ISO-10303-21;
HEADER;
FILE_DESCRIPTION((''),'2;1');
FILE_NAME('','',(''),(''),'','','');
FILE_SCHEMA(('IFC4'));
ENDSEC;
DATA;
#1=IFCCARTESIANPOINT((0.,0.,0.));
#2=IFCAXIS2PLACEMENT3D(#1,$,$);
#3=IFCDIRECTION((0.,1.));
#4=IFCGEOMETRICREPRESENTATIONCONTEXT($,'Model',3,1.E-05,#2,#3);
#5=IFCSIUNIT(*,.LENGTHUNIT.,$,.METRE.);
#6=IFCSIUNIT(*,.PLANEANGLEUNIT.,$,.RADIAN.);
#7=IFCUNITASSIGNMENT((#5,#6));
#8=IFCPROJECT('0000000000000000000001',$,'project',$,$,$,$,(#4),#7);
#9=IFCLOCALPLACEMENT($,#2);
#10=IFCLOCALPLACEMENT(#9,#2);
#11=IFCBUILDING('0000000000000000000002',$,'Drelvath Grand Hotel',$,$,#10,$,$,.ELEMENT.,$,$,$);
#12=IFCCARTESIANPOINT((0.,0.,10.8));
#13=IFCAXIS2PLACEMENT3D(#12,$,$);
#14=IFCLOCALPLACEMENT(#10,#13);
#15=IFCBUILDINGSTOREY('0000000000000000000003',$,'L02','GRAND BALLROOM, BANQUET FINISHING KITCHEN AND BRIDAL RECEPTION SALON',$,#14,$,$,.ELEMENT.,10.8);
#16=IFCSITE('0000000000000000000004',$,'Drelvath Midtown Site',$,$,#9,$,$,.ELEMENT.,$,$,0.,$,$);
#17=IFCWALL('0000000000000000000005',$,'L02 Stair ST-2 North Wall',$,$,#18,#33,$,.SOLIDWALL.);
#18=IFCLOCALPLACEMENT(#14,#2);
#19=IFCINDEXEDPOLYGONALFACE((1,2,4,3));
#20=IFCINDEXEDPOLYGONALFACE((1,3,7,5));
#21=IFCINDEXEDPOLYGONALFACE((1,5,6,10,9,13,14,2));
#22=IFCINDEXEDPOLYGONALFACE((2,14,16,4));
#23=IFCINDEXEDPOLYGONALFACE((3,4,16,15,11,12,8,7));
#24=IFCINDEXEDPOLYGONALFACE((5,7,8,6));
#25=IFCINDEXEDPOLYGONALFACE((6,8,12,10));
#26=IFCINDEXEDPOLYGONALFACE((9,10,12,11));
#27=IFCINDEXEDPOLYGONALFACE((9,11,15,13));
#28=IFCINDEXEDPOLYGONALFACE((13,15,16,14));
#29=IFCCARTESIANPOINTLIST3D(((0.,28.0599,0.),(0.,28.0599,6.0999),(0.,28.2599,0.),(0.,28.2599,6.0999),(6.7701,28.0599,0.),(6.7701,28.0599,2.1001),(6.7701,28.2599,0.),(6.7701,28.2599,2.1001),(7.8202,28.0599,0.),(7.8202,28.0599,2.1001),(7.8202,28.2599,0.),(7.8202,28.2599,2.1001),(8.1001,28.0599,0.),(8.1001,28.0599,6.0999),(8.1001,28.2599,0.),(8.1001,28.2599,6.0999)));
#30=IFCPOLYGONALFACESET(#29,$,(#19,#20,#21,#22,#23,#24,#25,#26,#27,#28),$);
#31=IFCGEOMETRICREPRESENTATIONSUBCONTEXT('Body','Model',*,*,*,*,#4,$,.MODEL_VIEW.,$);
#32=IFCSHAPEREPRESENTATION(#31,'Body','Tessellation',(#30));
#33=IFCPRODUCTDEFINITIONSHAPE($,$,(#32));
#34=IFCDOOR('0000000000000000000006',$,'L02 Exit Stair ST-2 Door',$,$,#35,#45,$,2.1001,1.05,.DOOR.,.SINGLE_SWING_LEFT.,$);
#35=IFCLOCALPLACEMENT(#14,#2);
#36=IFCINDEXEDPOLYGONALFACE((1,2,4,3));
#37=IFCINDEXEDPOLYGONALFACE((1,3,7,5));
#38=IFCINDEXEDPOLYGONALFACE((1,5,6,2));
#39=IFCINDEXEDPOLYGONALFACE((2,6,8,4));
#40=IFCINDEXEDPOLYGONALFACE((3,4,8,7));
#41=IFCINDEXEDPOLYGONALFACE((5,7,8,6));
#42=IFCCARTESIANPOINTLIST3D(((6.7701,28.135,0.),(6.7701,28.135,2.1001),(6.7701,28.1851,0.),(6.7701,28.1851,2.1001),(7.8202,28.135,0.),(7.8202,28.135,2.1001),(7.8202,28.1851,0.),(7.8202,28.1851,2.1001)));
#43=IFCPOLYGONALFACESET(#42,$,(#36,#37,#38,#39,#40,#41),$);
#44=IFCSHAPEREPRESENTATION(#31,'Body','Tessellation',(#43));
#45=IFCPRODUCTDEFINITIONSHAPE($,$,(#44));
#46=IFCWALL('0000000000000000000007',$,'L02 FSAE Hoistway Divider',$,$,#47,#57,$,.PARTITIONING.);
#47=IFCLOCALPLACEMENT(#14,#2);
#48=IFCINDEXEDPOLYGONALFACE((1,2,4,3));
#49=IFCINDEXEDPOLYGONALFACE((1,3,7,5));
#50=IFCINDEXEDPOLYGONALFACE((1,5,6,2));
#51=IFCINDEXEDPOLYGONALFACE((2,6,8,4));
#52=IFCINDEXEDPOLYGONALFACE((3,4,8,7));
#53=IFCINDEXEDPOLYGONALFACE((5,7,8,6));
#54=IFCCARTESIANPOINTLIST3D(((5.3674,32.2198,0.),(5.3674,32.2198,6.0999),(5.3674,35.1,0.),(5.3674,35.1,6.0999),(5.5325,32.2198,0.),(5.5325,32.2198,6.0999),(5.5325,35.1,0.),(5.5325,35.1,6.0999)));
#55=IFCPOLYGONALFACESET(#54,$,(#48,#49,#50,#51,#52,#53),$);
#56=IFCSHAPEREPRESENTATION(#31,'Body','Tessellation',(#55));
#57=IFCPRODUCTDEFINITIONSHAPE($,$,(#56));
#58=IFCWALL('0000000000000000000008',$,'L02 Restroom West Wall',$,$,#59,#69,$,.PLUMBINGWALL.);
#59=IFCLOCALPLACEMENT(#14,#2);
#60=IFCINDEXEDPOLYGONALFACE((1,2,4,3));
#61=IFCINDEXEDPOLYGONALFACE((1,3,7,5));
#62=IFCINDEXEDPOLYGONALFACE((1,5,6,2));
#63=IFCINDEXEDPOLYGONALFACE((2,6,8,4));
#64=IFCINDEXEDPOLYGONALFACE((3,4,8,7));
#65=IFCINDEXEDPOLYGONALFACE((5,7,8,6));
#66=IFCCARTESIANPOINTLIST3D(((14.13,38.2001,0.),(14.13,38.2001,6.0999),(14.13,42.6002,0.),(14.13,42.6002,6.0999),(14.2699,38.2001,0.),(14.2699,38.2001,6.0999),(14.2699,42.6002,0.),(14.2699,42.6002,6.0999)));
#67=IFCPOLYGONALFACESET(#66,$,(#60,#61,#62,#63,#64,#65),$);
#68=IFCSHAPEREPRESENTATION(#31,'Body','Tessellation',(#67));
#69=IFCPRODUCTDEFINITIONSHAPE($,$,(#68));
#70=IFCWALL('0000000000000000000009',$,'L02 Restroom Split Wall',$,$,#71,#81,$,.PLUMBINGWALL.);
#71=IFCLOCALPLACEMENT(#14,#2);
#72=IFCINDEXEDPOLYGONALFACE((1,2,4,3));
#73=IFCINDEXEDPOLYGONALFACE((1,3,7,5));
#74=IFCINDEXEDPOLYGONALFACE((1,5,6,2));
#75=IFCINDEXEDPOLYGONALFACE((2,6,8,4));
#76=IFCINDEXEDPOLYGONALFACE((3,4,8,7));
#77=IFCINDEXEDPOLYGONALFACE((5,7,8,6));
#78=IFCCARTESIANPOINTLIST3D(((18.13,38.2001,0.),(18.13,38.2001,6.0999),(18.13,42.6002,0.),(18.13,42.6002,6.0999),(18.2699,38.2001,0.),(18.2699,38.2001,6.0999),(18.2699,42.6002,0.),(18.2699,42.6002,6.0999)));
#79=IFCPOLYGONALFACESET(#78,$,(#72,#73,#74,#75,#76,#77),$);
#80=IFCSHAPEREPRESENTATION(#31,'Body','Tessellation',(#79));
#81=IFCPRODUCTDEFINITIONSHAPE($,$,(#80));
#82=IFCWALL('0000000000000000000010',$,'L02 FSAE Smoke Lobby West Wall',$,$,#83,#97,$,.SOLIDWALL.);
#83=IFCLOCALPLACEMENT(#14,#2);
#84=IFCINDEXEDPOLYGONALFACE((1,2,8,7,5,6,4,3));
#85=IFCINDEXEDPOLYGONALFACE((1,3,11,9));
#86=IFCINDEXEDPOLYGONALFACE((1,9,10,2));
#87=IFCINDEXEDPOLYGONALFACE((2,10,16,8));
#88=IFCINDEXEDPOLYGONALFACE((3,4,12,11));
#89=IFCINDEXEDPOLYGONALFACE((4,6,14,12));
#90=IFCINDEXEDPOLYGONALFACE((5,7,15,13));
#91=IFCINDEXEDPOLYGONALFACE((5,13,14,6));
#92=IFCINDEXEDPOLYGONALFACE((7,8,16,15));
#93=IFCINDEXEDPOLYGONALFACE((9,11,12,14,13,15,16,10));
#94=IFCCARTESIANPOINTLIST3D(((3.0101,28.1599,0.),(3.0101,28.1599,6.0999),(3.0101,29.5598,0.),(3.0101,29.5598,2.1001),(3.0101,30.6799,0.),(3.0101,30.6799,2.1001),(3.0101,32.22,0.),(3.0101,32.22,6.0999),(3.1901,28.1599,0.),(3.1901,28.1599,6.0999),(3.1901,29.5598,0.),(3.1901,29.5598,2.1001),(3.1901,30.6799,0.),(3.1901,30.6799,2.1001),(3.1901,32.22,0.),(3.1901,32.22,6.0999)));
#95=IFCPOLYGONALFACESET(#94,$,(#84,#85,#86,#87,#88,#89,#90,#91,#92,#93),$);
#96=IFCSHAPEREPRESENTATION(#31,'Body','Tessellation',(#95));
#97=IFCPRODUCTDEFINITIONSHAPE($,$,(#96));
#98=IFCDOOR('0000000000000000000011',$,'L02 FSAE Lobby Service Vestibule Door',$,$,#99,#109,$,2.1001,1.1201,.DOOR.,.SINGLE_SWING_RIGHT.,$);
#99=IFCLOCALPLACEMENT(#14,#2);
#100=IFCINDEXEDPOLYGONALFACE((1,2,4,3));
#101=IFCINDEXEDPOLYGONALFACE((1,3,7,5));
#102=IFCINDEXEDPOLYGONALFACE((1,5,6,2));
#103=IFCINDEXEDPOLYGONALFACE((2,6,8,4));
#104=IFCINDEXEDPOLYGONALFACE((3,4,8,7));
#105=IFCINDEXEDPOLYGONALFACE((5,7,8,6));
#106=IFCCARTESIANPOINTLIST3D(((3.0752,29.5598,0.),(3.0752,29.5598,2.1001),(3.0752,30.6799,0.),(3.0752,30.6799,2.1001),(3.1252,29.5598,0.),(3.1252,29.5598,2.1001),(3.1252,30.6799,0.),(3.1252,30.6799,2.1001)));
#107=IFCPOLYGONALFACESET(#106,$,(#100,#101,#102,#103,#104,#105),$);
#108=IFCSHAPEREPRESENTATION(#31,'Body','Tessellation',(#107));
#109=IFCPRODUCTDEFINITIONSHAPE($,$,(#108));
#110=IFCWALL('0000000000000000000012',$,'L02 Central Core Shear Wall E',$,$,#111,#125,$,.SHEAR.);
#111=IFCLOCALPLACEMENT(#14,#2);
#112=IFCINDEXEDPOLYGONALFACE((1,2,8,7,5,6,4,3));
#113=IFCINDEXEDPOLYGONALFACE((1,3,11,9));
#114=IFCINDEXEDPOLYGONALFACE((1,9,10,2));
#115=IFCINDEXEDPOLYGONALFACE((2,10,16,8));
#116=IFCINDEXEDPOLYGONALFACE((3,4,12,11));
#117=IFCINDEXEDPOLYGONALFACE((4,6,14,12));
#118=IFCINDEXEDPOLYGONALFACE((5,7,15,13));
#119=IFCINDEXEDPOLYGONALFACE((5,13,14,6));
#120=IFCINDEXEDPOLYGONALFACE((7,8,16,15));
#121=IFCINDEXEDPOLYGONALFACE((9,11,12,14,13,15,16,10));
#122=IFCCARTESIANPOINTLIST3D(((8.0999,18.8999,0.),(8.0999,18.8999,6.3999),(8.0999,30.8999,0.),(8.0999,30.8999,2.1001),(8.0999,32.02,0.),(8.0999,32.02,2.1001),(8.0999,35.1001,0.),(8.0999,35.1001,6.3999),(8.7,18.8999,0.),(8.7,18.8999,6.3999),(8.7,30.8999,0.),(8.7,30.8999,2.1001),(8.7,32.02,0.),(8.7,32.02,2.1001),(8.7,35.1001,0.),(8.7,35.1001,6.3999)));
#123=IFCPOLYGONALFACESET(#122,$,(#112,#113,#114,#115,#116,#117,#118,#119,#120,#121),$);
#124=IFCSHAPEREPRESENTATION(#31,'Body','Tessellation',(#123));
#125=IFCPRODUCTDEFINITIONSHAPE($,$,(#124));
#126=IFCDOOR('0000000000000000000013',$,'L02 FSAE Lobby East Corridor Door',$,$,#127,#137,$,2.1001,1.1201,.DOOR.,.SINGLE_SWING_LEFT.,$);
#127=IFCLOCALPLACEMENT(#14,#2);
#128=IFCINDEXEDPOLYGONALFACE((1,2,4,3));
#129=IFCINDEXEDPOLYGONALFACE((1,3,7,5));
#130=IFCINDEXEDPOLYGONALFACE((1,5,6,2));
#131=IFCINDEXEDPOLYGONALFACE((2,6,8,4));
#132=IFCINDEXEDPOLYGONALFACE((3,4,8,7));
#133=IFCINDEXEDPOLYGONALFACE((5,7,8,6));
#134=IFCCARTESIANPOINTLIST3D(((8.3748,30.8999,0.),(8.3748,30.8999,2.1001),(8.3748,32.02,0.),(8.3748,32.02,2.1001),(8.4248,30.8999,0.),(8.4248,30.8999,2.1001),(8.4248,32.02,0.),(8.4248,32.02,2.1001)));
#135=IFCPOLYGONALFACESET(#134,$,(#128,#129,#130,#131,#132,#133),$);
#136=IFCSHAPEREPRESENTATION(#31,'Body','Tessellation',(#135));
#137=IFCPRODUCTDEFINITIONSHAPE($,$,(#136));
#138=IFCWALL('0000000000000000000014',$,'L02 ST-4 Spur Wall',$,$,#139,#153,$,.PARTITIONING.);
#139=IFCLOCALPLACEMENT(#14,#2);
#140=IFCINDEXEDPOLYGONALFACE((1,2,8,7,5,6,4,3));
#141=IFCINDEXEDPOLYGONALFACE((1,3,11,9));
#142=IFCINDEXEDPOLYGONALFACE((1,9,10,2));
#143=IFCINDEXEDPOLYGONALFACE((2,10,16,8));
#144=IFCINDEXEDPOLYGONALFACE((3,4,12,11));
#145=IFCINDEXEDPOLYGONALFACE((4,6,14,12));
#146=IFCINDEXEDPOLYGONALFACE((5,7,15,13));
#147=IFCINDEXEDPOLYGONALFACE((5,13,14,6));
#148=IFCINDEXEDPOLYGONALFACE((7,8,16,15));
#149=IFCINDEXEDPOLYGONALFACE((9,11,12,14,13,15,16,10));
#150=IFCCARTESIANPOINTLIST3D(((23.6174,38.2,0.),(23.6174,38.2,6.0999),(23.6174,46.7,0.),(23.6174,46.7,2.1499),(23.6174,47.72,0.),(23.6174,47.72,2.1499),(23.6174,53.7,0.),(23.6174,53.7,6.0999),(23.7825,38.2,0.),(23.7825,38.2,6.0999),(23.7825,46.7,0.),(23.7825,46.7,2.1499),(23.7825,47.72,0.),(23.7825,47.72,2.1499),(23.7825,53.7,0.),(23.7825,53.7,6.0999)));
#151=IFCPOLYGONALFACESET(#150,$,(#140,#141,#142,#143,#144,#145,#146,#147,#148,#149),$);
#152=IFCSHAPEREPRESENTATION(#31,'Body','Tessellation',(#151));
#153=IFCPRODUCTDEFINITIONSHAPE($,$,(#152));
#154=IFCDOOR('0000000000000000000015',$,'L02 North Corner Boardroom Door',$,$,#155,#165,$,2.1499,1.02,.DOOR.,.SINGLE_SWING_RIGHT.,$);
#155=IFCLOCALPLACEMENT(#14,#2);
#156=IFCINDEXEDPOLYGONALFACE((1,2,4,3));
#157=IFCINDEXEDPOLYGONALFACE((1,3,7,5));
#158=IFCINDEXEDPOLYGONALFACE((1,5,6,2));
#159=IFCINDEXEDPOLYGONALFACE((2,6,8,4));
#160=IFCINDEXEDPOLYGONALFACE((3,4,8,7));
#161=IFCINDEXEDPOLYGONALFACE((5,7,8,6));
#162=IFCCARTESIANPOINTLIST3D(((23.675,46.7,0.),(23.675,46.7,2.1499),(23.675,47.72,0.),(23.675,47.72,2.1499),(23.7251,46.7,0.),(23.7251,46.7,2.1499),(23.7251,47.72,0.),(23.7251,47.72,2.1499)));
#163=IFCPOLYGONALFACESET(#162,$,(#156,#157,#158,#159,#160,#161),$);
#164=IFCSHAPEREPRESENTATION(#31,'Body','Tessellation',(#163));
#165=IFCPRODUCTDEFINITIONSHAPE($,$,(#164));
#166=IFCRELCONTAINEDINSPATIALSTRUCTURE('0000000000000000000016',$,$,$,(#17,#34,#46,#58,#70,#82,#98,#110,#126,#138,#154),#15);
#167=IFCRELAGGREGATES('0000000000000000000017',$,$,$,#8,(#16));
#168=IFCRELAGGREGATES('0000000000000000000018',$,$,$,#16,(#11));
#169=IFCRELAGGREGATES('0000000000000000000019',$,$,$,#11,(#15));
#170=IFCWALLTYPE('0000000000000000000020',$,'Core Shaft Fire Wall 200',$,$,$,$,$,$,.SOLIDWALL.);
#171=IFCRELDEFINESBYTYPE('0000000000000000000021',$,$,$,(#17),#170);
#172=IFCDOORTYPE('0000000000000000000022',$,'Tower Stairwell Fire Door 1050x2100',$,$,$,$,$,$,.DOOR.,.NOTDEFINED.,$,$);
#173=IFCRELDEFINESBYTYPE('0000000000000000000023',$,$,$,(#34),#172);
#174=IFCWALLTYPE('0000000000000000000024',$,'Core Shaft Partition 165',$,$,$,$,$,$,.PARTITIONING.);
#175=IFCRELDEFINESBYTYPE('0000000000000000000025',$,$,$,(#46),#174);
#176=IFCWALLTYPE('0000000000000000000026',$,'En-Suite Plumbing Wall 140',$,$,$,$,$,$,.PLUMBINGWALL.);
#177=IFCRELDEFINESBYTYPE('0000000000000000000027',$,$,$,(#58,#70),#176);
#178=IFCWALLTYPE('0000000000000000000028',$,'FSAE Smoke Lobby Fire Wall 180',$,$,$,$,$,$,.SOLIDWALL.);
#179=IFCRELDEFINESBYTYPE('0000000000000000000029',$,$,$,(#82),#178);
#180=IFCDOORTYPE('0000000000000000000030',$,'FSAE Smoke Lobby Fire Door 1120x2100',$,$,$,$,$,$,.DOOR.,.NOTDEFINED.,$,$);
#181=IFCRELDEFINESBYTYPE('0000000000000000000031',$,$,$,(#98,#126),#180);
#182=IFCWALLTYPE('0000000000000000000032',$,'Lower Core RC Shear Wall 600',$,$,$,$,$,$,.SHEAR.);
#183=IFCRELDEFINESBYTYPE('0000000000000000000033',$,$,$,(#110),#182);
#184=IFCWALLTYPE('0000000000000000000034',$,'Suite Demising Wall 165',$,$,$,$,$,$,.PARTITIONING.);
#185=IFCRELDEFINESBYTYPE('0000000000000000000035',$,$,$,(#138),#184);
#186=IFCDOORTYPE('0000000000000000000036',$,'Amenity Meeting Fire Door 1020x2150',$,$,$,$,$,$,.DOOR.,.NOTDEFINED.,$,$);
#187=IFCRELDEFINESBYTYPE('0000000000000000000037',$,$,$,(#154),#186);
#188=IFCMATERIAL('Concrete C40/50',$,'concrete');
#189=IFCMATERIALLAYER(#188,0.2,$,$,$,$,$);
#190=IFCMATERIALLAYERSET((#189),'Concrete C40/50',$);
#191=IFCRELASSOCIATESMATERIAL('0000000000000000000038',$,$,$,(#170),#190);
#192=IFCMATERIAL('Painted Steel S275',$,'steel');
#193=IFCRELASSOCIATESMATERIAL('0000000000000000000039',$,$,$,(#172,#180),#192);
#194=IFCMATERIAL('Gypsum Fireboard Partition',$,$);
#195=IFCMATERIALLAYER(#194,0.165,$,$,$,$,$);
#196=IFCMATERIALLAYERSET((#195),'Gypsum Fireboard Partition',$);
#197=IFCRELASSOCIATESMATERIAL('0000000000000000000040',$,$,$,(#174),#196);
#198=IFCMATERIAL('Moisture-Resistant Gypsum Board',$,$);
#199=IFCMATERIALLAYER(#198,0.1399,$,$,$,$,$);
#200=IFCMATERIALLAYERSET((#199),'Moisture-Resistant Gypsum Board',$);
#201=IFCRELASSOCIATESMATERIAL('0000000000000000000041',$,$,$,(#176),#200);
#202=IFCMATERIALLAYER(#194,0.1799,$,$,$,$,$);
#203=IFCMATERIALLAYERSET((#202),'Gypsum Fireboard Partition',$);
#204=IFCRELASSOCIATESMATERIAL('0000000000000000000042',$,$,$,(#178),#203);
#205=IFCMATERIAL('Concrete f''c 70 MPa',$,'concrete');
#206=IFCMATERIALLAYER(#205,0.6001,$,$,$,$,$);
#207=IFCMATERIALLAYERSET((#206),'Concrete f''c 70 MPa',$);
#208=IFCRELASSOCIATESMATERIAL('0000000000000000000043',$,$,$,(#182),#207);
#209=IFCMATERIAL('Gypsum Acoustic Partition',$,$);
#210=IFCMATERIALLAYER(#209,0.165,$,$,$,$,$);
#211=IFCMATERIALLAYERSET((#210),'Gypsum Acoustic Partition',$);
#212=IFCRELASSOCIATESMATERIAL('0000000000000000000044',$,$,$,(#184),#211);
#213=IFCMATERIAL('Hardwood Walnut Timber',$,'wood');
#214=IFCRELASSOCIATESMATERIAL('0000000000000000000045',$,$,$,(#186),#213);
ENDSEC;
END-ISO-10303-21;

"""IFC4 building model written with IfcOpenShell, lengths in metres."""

from ifc_helpers import new_model, si_unit, direction, frame, frame_2d, origin, place, context, subcontext, project, spatial, rectangle, extrude, material, layer, layer_set, type_object, element, fill, save


model = new_model("IFC4")

# Units and contexts
model_context = context("Model", 3, precision=1e-05, world=origin(), true_north=direction((0.0, 1.0)))
body_context = subcontext(model_context, "Body", "Model", "MODEL_VIEW")
ifc_project = project(units=[si_unit("LENGTHUNIT", "METRE"), si_unit("PLANEANGLEUNIT", "RADIAN")], contexts=[model_context])

# Site, building, storey
site_placement = place(None, origin())
site = spatial("IfcSite", under=ifc_project, at=site_placement, Name="Drelvath Midtown Site", CompositionType="ELEMENT", RefElevation=0.0)
building_placement = place(site_placement, origin())
building = spatial("IfcBuilding", under=site, at=building_placement, Name="Drelvath Grand Hotel", CompositionType="ELEMENT")
storey_placement = place(building_placement, frame((0.0, 0.0, 10.8)))
storey = spatial("IfcBuildingStorey", under=building, at=storey_placement, Name="L02", Description="GRAND BALLROOM, BANQUET FINISHING KITCHEN AND BRIDAL RECEPTION SALON", CompositionType="ELEMENT", Elevation=10.8)

# Shared definitions
ifc_material_1 = material(Name="Concrete f'c 70 MPa", Category="concrete")

# Shared definitions
ifc_material_2 = material(Name="Concrete C40/50", Category="concrete")

# Wall, opening, door
ifc_layer_1 = layer(ifc_material_2, 0.2)
ifc_layer_set_1 = layer_set([ifc_layer_1], Name="Concrete C40/50")
wall_type_1 = type_object("IfcWallType", Name="Core Shaft Fire Wall 200", PredefinedType="SOLIDWALL", material=ifc_layer_set_1)
wall_1_placement = place(storey_placement, frame((8.1001, 28.1599, 0.0), z_axis=(0.0, 0.0, 1.0), x_axis=(-1.0, 0.0, 0.0)))
wall_1 = element("IfcWall", 1, at=wall_1_placement, inside=storey, type_object=wall_type_1, Name="L02 Stair ST-2 North Wall", PredefinedType="SOLIDWALL", context=body_context, shape_type="SweptSolid", body=[
    extrude(rectangle(XDim=8.1001, YDim=0.2, at=frame_2d((4.05, 0.0))), origin(), (0.0, 0.0, 1.0), 6.0999),
])
opening_1_placement = place(wall_1_placement, frame((0.28, 0.0, 0.0)))
opening_1 = element("IfcOpeningElement", 2, at=opening_1_placement, cuts=wall_1, PredefinedType="OPENING", context=body_context, shape_type="SweptSolid", body=[
    extrude(rectangle(XDim=1.05, YDim=2.1001, at=frame_2d((0.5249, 1.05))), frame((0.0, 0.1099, 0.0), z_axis=(0.0, -1.0, 0.0), x_axis=(1.0, 0.0, 0.0)), (0.0, 0.0, 1.0), 0.22),
])
ifc_material_3 = material(Name="Painted Steel S275", Category="steel")
door_type_1 = type_object("IfcDoorType", Name="Tower Stairwell Fire Door 1050x2100", OperationType="NOTDEFINED", PredefinedType="DOOR", material=ifc_material_3)
door_1_placement = place(opening_1_placement, origin())
door_1 = element("IfcDoor", 3, at=door_1_placement, inside=storey, type_object=door_type_1, Name="L02 Exit Stair ST-2 Door", OperationType="SINGLE_SWING_LEFT", OverallHeight=2.1001, OverallWidth=1.05, PredefinedType="DOOR", context=body_context, shape_type="SweptSolid", body=[
    extrude(rectangle(XDim=1.05, YDim=2.1001, at=frame_2d((0.5249, 1.05))), frame((0.0, 0.0249, 0.0), z_axis=(0.0, -1.0, 0.0), x_axis=(1.0, 0.0, 0.0)), (0.0, 0.0, 1.0), 0.05),
])
fill(opening_1, door_1)

# Walls
ifc_material_4 = material(Name="Gypsum Fireboard Partition")
ifc_layer_2 = layer(ifc_material_4, 0.165)
ifc_layer_set_2 = layer_set([ifc_layer_2], Name="Gypsum Fireboard Partition")
wall_type_2 = type_object("IfcWallType", Name="Core Shaft Partition 165", PredefinedType="PARTITIONING", material=ifc_layer_set_2)
wall_2_placement = place(storey_placement, frame((5.45, 32.22, 0.0), z_axis=(0.0, 0.0, 1.0), x_axis=(0.0, 1.0, 0.0)))
element("IfcWall", 4, at=wall_2_placement, inside=storey, type_object=wall_type_2, Name="L02 FSAE Hoistway Divider", PredefinedType="PARTITIONING", context=body_context, shape_type="SweptSolid", body=[
    extrude(rectangle(XDim=2.8801, YDim=0.165, at=frame_2d((1.4399, 0.0))), origin(), (0.0, 0.0, 1.0), 6.0999),
])
ifc_material_5 = material(Name="Moisture-Resistant Gypsum Board")
ifc_layer_3 = layer(ifc_material_5, 0.1399)
ifc_layer_set_3 = layer_set([ifc_layer_3], Name="Moisture-Resistant Gypsum Board")
wall_type_3 = type_object("IfcWallType", Name="En-Suite Plumbing Wall 140", PredefinedType="PLUMBINGWALL", material=ifc_layer_set_3)
for number, where, z_axis, x_axis, name in (
    (5, (14.2, 38.2, 0.0), (0.0, 0.0, 1.0), (0.0, 1.0, 0.0), "L02 Restroom West Wall"),
    (6, (18.2, 38.2, 0.0), (0.0, 0.0, 1.0), (0.0, 1.0, 0.0), "L02 Restroom Split Wall"),
):
    element("IfcWall", number, at=place(storey_placement, frame(where, z_axis=z_axis, x_axis=x_axis)), inside=storey, type_object=wall_type_3, Name=name, PredefinedType="PLUMBINGWALL", context=body_context, shape_type="SweptSolid", body=[
        extrude(rectangle(XDim=4.4001, YDim=0.1399, at=frame_2d((2.2002, 0.0))), origin(), (0.0, 0.0, 1.0), 6.0999),
    ])

# Walls, openings, doors
ifc_layer_4 = layer(ifc_material_4, 0.1799)
ifc_layer_set_4 = layer_set([ifc_layer_4], Name="Gypsum Fireboard Partition")
wall_type_4 = type_object("IfcWallType", Name="FSAE Smoke Lobby Fire Wall 180", PredefinedType="SOLIDWALL", material=ifc_layer_set_4)
wall_3_placement = place(storey_placement, frame((3.1001, 28.1599, 0.0), z_axis=(0.0, 0.0, 1.0), x_axis=(0.0, 1.0, 0.0)))
wall_3 = element("IfcWall", 7, at=wall_3_placement, inside=storey, type_object=wall_type_4, Name="L02 FSAE Smoke Lobby West Wall", PredefinedType="SOLIDWALL", context=body_context, shape_type="SweptSolid", body=[
    extrude(rectangle(XDim=4.0601, YDim=0.1799, at=frame_2d((2.03, 0.0))), origin(), (0.0, 0.0, 1.0), 6.0999),
])
opening_2_placement = place(wall_3_placement, frame((1.3999, 0.0, 0.0)))
opening_2 = element("IfcOpeningElement", 8, at=opening_2_placement, cuts=wall_3, PredefinedType="OPENING", context=body_context, shape_type="SweptSolid", body=[
    extrude(rectangle(XDim=1.1201, YDim=2.1001, at=frame_2d((0.5601, 1.05))), frame((0.0, 0.0999, 0.0), z_axis=(0.0, -1.0, 0.0), x_axis=(1.0, 0.0, 0.0)), (0.0, 0.0, 1.0), 0.2),
])
door_type_2 = type_object("IfcDoorType", Name="FSAE Smoke Lobby Fire Door 1120x2100", OperationType="NOTDEFINED", PredefinedType="DOOR", material=ifc_material_3)
door_2_placement = place(opening_2_placement, origin())
door_2 = element("IfcDoor", 9, at=door_2_placement, inside=storey, type_object=door_type_2, Name="L02 FSAE Lobby Service Vestibule Door", OperationType="SINGLE_SWING_RIGHT", OverallHeight=2.1001, OverallWidth=1.1201, PredefinedType="DOOR", context=body_context, shape_type="SweptSolid", body=[
    extrude(rectangle(XDim=1.1201, YDim=2.1001, at=frame_2d((0.5601, 1.05))), frame((0.0, 0.0249, 0.0), z_axis=(0.0, -1.0, 0.0), x_axis=(1.0, 0.0, 0.0)), (0.0, 0.0, 1.0), 0.05),
])
fill(opening_2, door_2)
ifc_layer_5 = layer(ifc_material_1, 0.6001)
ifc_layer_set_5 = layer_set([ifc_layer_5], Name="Concrete f'c 70 MPa")
wall_type_5 = type_object("IfcWallType", Name="Lower Core RC Shear Wall 600", PredefinedType="SHEAR", material=ifc_layer_set_5)
wall_4_placement = place(storey_placement, frame((8.3999, 35.1001, 0.0), z_axis=(0.0, 0.0, 1.0), x_axis=(0.0, -1.0, 0.0)))
wall_4 = element("IfcWall", 10, at=wall_4_placement, inside=storey, type_object=wall_type_5, Name="L02 Central Core Shear Wall E", PredefinedType="SHEAR", context=body_context, shape_type="SweptSolid", body=[
    extrude(rectangle(XDim=16.2002, YDim=0.6001, at=frame_2d((8.1001, 0.0))), origin(), (0.0, 0.0, 1.0), 6.3999),
])
opening_3_placement = place(wall_4_placement, frame((3.0801, 0.0, 0.0)))
opening_3 = element("IfcOpeningElement", 11, at=opening_3_placement, cuts=wall_4, PredefinedType="OPENING", context=body_context, shape_type="SweptSolid", body=[
    extrude(rectangle(XDim=1.1201, YDim=2.1001, at=frame_2d((0.5601, 1.05))), frame((0.0, 0.3101, 0.0), z_axis=(0.0, -1.0, 0.0), x_axis=(1.0, 0.0, 0.0)), (0.0, 0.0, 1.0), 0.6201),
])
door_3_placement = place(opening_3_placement, origin())
door_3 = element("IfcDoor", 12, at=door_3_placement, inside=storey, type_object=door_type_2, Name="L02 FSAE Lobby East Corridor Door", OperationType="SINGLE_SWING_LEFT", OverallHeight=2.1001, OverallWidth=1.1201, PredefinedType="DOOR", context=body_context, shape_type="SweptSolid", body=[
    extrude(rectangle(XDim=1.1201, YDim=2.1001, at=frame_2d((0.5601, 1.05))), frame((0.0, 0.0249, 0.0), z_axis=(0.0, -1.0, 0.0), x_axis=(1.0, 0.0, 0.0)), (0.0, 0.0, 1.0), 0.05),
])
fill(opening_3, door_3)
ifc_material_6 = material(Name="Gypsum Acoustic Partition")
ifc_layer_6 = layer(ifc_material_6, 0.165)
ifc_layer_set_6 = layer_set([ifc_layer_6], Name="Gypsum Acoustic Partition")
wall_type_6 = type_object("IfcWallType", Name="Suite Demising Wall 165", PredefinedType="PARTITIONING", material=ifc_layer_set_6)
wall_5_placement = place(storey_placement, frame((23.7, 38.2, 0.0), z_axis=(0.0, 0.0, 1.0), x_axis=(0.0, 1.0, 0.0)))
wall_5 = element("IfcWall", 13, at=wall_5_placement, inside=storey, type_object=wall_type_6, Name="L02 ST-4 Spur Wall", PredefinedType="PARTITIONING", context=body_context, shape_type="SweptSolid", body=[
    extrude(rectangle(XDim=15.5, YDim=0.165, at=frame_2d((7.75, 0.0))), origin(), (0.0, 0.0, 1.0), 6.0999),
])
opening_4_placement = place(wall_5_placement, frame((8.5, 0.0, 0.0)))
opening_4 = element("IfcOpeningElement", 14, at=opening_4_placement, cuts=wall_5, PredefinedType="OPENING", context=body_context, shape_type="SweptSolid", body=[
    extrude(rectangle(XDim=1.02, YDim=2.1499, at=frame_2d((0.51, 1.075))), frame((0.0, 0.0925, 0.0), z_axis=(0.0, -1.0, 0.0), x_axis=(1.0, 0.0, 0.0)), (0.0, 0.0, 1.0), 0.1851),
])
ifc_material_7 = material(Name="Hardwood Walnut Timber", Category="wood")
door_type_3 = type_object("IfcDoorType", Name="Amenity Meeting Fire Door 1020x2150", OperationType="NOTDEFINED", PredefinedType="DOOR", material=ifc_material_7)
door_4_placement = place(opening_4_placement, origin())
door_4 = element("IfcDoor", 15, at=door_4_placement, inside=storey, type_object=door_type_3, Name="L02 North Corner Boardroom Door", OperationType="SINGLE_SWING_RIGHT", OverallHeight=2.1499, OverallWidth=1.02, PredefinedType="DOOR", context=body_context, shape_type="SweptSolid", body=[
    extrude(rectangle(XDim=1.02, YDim=2.1499, at=frame_2d((0.51, 1.075))), frame((0.0, 0.0249, 0.0), z_axis=(0.0, -1.0, 0.0), x_axis=(1.0, 0.0, 0.0)), (0.0, 0.0, 1.0), 0.05),
])
fill(opening_4, door_4)

save(model, "model.ifc")
